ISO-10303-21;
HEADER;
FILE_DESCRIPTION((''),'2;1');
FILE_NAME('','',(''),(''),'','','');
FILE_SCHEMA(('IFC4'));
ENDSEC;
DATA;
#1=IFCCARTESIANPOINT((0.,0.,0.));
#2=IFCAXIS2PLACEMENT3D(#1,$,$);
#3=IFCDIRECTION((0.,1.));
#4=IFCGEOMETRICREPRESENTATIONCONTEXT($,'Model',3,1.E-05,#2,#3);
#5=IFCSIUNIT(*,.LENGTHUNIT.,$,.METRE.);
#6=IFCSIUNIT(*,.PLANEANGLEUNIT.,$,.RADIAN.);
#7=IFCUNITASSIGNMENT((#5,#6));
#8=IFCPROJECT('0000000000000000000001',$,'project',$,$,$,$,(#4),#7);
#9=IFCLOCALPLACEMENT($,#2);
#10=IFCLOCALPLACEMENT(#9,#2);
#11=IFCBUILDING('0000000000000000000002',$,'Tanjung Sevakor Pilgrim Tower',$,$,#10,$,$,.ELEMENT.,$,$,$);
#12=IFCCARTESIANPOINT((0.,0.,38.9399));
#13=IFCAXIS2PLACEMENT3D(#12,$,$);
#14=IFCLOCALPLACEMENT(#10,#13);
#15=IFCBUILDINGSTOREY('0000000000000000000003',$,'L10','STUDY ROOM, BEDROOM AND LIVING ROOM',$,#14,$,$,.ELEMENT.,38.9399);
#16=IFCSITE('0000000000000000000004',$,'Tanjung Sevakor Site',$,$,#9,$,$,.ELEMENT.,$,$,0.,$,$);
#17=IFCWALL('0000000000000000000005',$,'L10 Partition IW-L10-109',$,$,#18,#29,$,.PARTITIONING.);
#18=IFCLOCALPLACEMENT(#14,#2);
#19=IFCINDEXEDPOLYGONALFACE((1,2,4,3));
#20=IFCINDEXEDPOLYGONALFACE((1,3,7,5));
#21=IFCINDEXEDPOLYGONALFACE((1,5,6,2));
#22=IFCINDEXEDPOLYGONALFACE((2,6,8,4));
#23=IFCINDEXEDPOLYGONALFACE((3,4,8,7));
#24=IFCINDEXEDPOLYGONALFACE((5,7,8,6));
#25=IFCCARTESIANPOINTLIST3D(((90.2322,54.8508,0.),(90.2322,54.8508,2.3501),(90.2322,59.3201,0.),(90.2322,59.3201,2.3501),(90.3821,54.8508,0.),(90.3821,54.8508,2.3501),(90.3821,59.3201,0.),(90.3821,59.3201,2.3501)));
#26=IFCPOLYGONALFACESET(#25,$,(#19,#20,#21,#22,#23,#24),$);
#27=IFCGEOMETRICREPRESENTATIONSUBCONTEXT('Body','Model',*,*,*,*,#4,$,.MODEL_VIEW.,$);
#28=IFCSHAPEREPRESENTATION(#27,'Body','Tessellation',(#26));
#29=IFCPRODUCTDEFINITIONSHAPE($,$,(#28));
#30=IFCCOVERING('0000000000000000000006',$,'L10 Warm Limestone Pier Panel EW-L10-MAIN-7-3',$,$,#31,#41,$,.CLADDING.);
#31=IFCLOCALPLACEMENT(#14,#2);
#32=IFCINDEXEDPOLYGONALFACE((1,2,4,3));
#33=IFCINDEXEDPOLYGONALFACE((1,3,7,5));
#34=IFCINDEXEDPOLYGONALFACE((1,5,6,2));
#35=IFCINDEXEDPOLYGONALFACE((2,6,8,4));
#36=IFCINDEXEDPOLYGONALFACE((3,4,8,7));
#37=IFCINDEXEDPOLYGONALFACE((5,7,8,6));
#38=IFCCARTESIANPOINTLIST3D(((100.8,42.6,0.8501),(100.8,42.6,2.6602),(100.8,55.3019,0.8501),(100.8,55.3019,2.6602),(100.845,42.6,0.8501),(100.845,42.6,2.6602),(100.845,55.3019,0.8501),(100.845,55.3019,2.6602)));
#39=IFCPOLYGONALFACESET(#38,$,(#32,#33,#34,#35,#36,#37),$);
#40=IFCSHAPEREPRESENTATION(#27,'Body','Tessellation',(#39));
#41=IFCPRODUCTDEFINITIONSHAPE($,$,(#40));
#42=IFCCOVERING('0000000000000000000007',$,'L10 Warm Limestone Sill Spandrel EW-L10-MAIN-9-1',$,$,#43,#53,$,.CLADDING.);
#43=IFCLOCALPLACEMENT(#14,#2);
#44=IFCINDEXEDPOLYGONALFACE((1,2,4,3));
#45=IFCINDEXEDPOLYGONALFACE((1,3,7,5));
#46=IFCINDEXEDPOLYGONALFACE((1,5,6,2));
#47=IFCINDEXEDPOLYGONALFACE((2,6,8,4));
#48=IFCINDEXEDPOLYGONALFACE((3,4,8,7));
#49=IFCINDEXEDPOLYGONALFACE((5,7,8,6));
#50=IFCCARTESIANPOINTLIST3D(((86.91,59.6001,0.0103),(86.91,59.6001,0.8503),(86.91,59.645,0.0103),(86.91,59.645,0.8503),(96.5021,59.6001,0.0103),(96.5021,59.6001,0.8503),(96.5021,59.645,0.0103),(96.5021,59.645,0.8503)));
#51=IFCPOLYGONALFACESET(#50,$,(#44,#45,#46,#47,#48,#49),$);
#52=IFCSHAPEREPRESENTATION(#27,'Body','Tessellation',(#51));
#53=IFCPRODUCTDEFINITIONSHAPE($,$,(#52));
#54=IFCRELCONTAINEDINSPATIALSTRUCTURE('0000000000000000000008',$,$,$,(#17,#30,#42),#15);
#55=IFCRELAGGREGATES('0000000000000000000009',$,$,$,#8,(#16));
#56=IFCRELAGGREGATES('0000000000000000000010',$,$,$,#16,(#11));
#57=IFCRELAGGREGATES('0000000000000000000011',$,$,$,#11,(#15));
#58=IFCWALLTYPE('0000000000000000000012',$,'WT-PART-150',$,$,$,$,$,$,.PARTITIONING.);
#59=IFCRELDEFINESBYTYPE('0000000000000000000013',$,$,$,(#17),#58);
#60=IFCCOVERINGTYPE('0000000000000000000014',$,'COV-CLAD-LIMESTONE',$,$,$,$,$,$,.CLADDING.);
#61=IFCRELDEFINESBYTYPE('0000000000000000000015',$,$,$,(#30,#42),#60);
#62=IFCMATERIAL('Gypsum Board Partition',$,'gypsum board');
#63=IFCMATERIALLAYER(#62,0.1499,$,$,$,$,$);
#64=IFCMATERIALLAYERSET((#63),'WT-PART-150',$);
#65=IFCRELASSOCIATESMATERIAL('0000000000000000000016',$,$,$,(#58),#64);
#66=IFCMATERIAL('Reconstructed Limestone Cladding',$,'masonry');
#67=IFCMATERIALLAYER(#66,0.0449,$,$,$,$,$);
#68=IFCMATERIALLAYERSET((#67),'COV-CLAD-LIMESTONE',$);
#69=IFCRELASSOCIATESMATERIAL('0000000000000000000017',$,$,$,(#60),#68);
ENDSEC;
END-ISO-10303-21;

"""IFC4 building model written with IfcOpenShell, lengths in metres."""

from ifc_helpers import new_model, si_unit, direction, frame, frame_2d, origin, origin_2d, place, context, subcontext, project, spatial, rectangle, extrude, material, layer, layer_set, type_object, element, save


model = new_model("IFC4")

# Units and contexts
model_context = context("Model", 3, precision=1e-05, world=origin(), true_north=direction((0.0, 1.0)))
body_context = subcontext(model_context, "Body", "Model", "MODEL_VIEW")
ifc_project = project(units=[si_unit("LENGTHUNIT", "METRE"), si_unit("PLANEANGLEUNIT", "RADIAN")], contexts=[model_context])

# Site, building, storey
site_placement = place(None, origin())
site = spatial("IfcSite", under=ifc_project, at=site_placement, Name="Tanjung Sevakor Site", CompositionType="ELEMENT", RefElevation=0.0)
building_placement = place(site_placement, origin())
building = spatial("IfcBuilding", under=site, at=building_placement, Name="Tanjung Sevakor Pilgrim Tower", CompositionType="ELEMENT")
storey_placement = place(building_placement, frame((0.0, 0.0, 38.9399)))
storey = spatial("IfcBuildingStorey", under=building, at=storey_placement, Name="L10", Description="STUDY ROOM, BEDROOM AND LIVING ROOM", CompositionType="ELEMENT", Elevation=38.9399)

# Shared definitions
ifc_material_1 = material(Name="Gypsum Board Partition", Category="gypsum board")
ifc_layer_1 = layer(ifc_material_1, 0.1499)
ifc_layer_set_1 = layer_set([ifc_layer_1], Name="WT-PART-150")
wall_type_1 = type_object("IfcWallType", Name="WT-PART-150", PredefinedType="PARTITIONING", material=ifc_layer_set_1)

# Wall
wall_1_placement = place(storey_placement, frame((90.3071, 54.8508, 0.0), z_axis=(0.0, 0.0, 1.0), x_axis=(0.0, 1.0, 0.0)))
element("IfcWall", 1, at=wall_1_placement, inside=storey, type_object=wall_type_1, Name="L10 Partition IW-L10-109", PredefinedType="PARTITIONING", context=body_context, shape_type="SweptSolid", body=[
    extrude(rectangle(XDim=4.4692, YDim=0.1499, at=frame_2d((2.2346, 0.0))), origin(), (0.0, 0.0, 1.0), 2.3501),
])

# Coverings
ifc_material_2 = material(Name="Reconstructed Limestone Cladding", Category="masonry")
ifc_layer_2 = layer(ifc_material_2, 0.0449)
ifc_layer_set_2 = layer_set([ifc_layer_2], Name="COV-CLAD-LIMESTONE")
covering_type = type_object("IfcCoveringType", Name="COV-CLAD-LIMESTONE", PredefinedType="CLADDING", material=ifc_layer_set_2)
covering_1_placement = place(storey_placement, frame((100.8225, 48.9509, 0.8501), z_axis=(0.0, 0.0, 1.0), x_axis=(0.0, 1.0, 0.0)))
element("IfcCovering", 2, at=covering_1_placement, inside=storey, type_object=covering_type, Name="L10 Warm Limestone Pier Panel EW-L10-MAIN-7-3", PredefinedType="CLADDING", context=body_context, shape_type="SweptSolid", body=[
    extrude(rectangle(XDim=12.7019, YDim=0.0449, at=origin_2d()), origin(), (0.0, 0.0, 1.0), 1.8101),
])
covering_2_placement = place(storey_placement, frame((91.7061, 59.6226, 0.0103), z_axis=(0.0, 0.0, 1.0), x_axis=(-1.0, 0.0, 0.0)))
element("IfcCovering", 3, at=covering_2_placement, inside=storey, type_object=covering_type, Name="L10 Warm Limestone Sill Spandrel EW-L10-MAIN-9-1", PredefinedType="CLADDING", context=body_context, shape_type="SweptSolid", body=[
    extrude(rectangle(XDim=9.592, YDim=0.0449, at=origin_2d()), origin(), (0.0, 0.0, 1.0), 0.8401),
])

save(model, "model.ifc")
